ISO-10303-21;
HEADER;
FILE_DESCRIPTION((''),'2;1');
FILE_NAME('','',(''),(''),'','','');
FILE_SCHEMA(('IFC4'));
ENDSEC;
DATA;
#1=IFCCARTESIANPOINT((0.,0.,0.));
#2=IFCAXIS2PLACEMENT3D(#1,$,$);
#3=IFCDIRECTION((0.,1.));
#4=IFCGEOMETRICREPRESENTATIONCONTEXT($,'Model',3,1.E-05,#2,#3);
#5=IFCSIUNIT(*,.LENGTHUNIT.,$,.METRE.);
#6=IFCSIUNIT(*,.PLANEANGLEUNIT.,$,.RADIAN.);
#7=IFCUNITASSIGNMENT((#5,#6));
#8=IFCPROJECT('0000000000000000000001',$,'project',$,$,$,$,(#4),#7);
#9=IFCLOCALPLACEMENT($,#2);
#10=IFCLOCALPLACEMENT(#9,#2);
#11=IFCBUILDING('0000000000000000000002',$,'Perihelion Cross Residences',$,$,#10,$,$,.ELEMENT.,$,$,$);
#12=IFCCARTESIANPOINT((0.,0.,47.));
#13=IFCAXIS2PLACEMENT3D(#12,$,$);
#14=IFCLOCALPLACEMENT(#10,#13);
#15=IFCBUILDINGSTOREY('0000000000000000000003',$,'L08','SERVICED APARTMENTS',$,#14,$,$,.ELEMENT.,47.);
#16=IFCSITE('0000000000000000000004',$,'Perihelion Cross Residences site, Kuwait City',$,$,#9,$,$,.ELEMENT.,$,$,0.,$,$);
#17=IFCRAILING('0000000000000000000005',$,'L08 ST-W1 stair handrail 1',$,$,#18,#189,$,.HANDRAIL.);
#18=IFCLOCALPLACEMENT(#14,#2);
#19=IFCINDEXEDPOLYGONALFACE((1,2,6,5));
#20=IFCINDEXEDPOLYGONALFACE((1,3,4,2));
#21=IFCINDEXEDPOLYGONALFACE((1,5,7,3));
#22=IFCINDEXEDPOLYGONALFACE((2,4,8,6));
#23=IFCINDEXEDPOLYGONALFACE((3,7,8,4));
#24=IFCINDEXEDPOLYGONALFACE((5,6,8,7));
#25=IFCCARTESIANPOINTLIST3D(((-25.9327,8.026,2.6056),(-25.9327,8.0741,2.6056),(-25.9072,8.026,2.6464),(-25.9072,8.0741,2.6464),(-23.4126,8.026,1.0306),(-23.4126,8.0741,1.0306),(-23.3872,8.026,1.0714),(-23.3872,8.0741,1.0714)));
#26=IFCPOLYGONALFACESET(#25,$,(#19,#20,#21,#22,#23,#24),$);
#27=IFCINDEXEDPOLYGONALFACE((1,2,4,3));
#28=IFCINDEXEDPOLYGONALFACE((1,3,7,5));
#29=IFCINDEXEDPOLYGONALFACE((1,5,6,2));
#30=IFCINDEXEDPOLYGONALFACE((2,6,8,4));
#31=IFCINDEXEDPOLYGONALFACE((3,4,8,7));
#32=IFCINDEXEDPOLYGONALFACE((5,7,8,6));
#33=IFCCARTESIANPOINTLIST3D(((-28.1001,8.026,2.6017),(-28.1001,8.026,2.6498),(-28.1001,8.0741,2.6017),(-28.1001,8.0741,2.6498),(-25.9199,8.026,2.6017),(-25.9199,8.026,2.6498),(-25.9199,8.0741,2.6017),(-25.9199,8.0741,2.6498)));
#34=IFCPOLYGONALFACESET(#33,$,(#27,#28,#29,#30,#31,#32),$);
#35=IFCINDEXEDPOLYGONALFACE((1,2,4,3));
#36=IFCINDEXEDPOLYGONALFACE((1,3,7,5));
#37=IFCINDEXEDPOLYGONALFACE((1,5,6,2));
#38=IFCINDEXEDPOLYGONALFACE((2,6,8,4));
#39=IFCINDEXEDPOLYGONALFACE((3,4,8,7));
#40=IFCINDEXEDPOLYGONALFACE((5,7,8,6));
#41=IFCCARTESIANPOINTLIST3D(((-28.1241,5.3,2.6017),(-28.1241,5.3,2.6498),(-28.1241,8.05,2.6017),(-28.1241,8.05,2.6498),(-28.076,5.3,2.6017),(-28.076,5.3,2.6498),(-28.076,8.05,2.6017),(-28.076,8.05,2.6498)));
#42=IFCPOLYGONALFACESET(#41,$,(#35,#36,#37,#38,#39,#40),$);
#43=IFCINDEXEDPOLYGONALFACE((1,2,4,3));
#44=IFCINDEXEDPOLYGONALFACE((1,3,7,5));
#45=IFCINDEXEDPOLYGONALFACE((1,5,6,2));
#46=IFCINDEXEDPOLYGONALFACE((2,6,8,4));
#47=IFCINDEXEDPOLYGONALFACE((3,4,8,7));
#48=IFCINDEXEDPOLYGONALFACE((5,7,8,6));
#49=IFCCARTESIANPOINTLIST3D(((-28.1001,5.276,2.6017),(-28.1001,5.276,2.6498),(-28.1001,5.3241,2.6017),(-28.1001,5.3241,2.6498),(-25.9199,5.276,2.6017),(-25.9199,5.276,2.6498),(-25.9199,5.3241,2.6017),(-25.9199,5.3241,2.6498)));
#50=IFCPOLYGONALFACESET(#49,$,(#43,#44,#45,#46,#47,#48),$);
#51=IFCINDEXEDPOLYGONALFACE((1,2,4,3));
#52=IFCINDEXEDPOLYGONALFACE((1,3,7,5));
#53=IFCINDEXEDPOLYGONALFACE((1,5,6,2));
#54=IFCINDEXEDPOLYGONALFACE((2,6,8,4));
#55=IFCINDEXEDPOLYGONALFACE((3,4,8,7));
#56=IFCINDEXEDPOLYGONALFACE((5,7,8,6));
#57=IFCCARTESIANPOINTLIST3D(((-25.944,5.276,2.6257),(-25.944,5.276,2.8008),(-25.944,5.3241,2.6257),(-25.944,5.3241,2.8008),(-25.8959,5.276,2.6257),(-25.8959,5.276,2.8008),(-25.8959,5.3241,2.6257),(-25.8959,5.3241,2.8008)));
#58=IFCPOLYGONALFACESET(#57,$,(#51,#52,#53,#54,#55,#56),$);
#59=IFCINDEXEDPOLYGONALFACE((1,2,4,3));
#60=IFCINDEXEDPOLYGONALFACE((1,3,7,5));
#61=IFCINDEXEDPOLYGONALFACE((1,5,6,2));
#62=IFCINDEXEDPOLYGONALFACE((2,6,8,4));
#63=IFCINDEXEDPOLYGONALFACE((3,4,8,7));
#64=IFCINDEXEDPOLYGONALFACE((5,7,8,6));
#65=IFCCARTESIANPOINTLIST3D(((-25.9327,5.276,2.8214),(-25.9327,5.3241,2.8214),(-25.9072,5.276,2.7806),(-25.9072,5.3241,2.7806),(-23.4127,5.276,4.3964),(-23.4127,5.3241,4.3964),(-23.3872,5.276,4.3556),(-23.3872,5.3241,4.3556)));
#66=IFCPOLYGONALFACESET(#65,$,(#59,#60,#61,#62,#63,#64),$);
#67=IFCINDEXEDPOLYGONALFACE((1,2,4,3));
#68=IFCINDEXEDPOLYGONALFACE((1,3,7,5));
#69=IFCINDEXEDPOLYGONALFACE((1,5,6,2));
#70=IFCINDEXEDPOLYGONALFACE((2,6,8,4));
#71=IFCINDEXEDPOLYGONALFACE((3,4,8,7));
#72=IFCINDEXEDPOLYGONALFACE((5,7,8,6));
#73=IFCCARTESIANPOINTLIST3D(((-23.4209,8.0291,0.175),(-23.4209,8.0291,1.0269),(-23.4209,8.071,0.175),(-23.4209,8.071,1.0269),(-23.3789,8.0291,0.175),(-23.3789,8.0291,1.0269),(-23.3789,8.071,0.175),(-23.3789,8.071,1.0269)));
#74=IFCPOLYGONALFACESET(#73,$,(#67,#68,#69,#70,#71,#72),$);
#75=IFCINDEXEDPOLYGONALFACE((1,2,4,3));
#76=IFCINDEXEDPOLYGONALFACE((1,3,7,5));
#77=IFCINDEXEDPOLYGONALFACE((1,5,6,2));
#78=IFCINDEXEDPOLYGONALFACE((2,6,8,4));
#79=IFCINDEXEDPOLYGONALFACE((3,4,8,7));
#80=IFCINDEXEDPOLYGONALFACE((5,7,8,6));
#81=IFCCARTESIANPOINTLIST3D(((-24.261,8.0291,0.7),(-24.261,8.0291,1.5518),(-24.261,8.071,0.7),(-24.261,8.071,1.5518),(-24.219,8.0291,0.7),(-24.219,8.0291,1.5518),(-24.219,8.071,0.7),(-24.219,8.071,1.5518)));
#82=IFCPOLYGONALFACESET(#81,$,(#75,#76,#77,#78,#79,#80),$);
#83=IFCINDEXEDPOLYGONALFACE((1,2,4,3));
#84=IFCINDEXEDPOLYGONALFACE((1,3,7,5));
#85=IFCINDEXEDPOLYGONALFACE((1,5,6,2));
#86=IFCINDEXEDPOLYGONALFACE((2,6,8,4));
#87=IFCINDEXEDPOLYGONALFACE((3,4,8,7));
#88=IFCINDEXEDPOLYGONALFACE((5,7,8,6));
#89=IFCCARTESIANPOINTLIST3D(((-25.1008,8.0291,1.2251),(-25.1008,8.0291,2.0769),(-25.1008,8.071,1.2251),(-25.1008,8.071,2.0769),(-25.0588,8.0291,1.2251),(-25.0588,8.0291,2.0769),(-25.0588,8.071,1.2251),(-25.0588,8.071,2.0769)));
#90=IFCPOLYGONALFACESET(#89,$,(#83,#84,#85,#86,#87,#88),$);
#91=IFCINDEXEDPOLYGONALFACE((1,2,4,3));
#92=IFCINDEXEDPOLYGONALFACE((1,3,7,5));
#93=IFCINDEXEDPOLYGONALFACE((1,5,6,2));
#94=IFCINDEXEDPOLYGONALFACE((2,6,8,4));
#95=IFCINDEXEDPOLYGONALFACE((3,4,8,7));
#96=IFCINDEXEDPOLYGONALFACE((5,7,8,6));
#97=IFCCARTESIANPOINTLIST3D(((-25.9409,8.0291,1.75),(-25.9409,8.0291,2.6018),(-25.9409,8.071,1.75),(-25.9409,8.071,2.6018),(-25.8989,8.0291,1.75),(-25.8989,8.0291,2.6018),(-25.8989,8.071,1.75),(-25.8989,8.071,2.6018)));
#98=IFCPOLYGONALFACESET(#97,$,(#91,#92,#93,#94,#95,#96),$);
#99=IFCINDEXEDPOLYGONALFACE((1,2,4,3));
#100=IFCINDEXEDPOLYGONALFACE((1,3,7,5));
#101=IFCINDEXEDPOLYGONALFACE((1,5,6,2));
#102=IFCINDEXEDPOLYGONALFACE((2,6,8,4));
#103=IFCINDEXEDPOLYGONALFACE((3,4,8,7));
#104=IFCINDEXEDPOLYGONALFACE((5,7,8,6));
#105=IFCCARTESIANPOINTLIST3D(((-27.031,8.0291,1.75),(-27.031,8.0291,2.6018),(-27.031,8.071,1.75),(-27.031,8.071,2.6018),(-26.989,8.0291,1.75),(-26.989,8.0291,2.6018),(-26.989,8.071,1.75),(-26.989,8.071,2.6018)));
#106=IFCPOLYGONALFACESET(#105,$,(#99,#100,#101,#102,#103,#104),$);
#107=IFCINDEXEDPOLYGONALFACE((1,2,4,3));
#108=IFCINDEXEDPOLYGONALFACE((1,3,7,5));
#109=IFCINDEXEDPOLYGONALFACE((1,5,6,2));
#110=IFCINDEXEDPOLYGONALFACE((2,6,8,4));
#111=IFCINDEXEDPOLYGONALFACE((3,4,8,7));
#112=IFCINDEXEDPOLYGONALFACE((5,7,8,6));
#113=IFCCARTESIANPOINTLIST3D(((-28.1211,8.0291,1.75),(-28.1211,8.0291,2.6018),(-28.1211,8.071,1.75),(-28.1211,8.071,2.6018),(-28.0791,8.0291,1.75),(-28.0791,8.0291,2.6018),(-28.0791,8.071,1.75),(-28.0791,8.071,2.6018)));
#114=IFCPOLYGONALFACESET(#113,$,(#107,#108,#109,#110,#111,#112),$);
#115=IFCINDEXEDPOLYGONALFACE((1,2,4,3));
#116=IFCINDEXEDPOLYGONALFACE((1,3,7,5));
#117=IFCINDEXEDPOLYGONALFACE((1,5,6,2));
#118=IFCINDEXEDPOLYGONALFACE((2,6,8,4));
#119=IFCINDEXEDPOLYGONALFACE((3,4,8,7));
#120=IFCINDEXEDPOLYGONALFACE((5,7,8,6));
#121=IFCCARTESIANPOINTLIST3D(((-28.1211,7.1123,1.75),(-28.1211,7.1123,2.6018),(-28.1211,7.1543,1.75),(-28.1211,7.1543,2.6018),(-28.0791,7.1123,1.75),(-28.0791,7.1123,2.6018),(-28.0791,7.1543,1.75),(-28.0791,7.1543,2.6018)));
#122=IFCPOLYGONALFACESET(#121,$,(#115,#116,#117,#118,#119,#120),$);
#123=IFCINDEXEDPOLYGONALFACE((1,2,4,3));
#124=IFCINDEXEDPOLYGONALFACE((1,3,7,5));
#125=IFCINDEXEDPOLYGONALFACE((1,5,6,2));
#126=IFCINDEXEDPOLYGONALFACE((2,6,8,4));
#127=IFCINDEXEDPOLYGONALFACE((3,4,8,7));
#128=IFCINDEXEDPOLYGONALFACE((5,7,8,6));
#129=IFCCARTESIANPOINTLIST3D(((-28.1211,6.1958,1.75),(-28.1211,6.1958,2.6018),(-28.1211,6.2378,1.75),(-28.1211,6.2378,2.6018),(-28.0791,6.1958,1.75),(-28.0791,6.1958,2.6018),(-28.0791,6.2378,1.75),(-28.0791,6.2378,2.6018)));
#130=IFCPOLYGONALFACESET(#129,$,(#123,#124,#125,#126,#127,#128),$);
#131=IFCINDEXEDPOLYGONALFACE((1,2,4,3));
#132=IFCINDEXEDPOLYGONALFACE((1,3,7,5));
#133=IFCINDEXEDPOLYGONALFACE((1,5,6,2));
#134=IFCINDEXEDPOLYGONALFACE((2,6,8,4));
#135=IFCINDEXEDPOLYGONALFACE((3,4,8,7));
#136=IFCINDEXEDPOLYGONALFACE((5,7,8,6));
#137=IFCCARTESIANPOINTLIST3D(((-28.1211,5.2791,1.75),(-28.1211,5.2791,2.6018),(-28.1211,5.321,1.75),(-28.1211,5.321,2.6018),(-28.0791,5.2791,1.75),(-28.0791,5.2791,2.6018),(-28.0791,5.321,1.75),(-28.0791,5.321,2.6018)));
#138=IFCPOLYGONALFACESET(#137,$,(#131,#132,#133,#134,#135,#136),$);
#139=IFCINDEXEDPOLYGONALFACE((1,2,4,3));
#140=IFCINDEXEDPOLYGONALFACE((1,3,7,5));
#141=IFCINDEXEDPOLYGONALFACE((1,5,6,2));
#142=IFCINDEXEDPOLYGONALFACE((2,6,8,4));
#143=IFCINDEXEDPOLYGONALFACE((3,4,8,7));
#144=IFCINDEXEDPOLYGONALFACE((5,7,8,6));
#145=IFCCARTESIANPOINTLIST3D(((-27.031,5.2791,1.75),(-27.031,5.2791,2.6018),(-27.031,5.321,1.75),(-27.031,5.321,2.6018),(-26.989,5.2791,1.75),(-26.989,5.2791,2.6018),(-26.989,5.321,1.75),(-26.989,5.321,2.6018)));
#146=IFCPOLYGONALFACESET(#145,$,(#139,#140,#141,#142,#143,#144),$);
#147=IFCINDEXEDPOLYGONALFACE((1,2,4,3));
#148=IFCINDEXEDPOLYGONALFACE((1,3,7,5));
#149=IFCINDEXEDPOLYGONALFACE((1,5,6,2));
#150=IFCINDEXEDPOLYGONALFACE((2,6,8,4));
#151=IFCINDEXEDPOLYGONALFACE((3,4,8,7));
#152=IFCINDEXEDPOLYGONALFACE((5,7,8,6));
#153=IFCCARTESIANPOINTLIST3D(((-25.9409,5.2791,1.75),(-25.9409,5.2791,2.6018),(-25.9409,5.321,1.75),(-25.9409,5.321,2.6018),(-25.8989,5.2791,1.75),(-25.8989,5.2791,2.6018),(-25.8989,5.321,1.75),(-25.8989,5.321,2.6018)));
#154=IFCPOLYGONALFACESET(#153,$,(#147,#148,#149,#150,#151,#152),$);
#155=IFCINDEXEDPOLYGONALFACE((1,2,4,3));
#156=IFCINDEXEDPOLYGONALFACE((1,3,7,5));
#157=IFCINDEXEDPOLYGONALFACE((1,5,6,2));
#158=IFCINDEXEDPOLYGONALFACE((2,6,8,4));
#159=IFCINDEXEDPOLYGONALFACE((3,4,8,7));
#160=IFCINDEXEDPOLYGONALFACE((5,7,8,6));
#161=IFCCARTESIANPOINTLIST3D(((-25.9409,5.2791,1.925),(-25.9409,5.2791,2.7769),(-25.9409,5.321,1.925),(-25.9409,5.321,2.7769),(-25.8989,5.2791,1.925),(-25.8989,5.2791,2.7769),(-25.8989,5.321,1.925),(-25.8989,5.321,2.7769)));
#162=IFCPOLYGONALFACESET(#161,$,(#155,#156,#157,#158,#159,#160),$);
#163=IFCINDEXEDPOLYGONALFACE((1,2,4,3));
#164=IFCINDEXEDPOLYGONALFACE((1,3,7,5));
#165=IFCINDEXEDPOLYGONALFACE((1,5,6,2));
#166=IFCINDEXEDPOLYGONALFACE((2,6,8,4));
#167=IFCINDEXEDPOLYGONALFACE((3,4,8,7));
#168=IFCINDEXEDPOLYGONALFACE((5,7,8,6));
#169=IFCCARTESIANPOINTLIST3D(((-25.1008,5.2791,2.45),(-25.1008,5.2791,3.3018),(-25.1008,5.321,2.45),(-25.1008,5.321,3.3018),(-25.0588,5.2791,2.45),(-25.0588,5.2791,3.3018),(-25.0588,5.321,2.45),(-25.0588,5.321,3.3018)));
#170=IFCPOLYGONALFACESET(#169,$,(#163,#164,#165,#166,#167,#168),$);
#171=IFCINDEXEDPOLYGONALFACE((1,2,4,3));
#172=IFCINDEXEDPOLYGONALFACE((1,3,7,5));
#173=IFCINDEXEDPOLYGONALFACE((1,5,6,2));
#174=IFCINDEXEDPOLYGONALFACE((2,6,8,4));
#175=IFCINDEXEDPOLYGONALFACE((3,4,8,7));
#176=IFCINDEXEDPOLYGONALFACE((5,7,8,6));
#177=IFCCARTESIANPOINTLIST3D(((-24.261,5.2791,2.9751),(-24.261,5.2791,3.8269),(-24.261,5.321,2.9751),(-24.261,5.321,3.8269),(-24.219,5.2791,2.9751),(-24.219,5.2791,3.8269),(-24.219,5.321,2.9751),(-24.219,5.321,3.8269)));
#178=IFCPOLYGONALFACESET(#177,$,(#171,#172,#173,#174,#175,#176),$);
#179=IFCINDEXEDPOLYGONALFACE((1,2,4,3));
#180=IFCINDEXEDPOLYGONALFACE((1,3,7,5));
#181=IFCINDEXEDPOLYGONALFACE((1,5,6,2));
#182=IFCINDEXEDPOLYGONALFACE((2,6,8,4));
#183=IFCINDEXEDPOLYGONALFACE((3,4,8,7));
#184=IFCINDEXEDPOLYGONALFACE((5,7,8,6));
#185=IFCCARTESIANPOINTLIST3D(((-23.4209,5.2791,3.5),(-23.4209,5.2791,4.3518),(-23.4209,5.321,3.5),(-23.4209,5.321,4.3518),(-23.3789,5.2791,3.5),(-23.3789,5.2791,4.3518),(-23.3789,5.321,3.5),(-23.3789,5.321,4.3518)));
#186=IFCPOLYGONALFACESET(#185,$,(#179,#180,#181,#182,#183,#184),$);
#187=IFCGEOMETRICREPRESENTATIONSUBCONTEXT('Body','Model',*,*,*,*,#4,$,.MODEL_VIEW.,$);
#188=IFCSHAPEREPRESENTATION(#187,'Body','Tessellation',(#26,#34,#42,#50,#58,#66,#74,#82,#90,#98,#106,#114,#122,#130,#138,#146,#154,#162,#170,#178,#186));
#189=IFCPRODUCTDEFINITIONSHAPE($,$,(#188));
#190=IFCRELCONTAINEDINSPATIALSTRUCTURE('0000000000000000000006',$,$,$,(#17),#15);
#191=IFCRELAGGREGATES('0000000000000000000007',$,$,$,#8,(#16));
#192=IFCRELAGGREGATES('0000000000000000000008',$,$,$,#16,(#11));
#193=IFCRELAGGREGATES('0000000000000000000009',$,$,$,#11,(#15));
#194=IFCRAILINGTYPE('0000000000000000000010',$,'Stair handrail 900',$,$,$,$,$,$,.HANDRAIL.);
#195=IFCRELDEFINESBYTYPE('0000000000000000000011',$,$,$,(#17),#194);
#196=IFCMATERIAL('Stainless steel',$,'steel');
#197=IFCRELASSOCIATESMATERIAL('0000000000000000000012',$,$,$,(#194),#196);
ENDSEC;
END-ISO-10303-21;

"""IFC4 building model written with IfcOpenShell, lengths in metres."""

from ifc_helpers import new_model, si_unit, direction, frame, origin, origin_2d, place, context, subcontext, project, spatial, rectangle, extrude, material, type_object, element, save


model = new_model("IFC4")

# Units and contexts
model_context = context("Model", 3, precision=1e-05, world=origin(), true_north=direction((0.0, 1.0)))
body_context = subcontext(model_context, "Body", "Model", "MODEL_VIEW")
ifc_project = project(units=[si_unit("LENGTHUNIT", "METRE"), si_unit("PLANEANGLEUNIT", "RADIAN")], contexts=[model_context])

# Site, building, storey
site_placement = place(None, origin())
site = spatial("IfcSite", under=ifc_project, at=site_placement, Name="Perihelion Cross Residences site, Kuwait City", CompositionType="ELEMENT", RefElevation=0.0)
building_placement = place(site_placement, origin())
building = spatial("IfcBuilding", under=site, at=building_placement, Name="Perihelion Cross Residences", CompositionType="ELEMENT")
storey_placement = place(building_placement, frame((0.0, 0.0, 47.0)))
storey = spatial("IfcBuildingStorey", under=building, at=storey_placement, Name="L08", Description="SERVICED APARTMENTS", CompositionType="ELEMENT", Elevation=47.0)

# Railing
ifc_material_1 = material(Name="Stainless steel", Category="steel")
railing_type_1 = type_object("IfcRailingType", Name="Stair handrail 900", PredefinedType="HANDRAIL", material=ifc_material_1)
railing_1_placement = place(storey_placement, frame((-23.3999, 8.05, 0.175)))
element("IfcRailing", 1, at=railing_1_placement, inside=storey, type_object=railing_type_1, Name="L08 ST-W1 stair handrail 1", PredefinedType="HANDRAIL", context=body_context, shape_type="SweptSolid", body=[
    extrude(rectangle(XDim=0.0481, YDim=0.0481, at=origin_2d()), frame((0.0, 0.0, 0.876), z_axis=(-0.848008, 0.0, 0.529984), x_axis=(0.0, -1.0, 0.0)), (0.0, 0.0, 1.0), 2.9717),
    extrude(rectangle(XDim=0.0481, YDim=0.0481, at=origin_2d()), frame((-2.52, 0.0, 2.4507), z_axis=(-1.0, 0.0, 0.0), x_axis=(0.0, -1.0, 0.0)), (0.0, 0.0, 1.0), 2.1802),
    extrude(rectangle(XDim=0.0481, YDim=0.0481, at=origin_2d()), frame((-4.7002, 0.0, 2.4507), z_axis=(0.0, -1.0, 0.0), x_axis=(1.0, 0.0, 0.0)), (0.0, 0.0, 1.0), 2.75),
    extrude(rectangle(XDim=0.0481, YDim=0.0481, at=origin_2d()), frame((-4.7002, -2.75, 2.4507), z_axis=(1.0, 0.0, 0.0), x_axis=(0.0, 1.0, 0.0)), (0.0, 0.0, 1.0), 2.1802),
    extrude(rectangle(XDim=0.0481, YDim=0.0481, at=origin_2d()), frame((-2.52, -2.75, 2.4507), z_axis=(0.0, 0.0, 1.0), x_axis=(1.0, 0.0, 0.0)), (0.0, 0.0, 1.0), 0.175),
    extrude(rectangle(XDim=0.0481, YDim=0.0481, at=origin_2d()), frame((-2.52, -2.75, 2.626), z_axis=(0.848008, 0.0, 0.529984), x_axis=(0.0, 1.0, 0.0)), (0.0, 0.0, 1.0), 2.9717),
    extrude(rectangle(XDim=0.042, YDim=0.042, at=origin_2d()), origin(), (0.0, 0.0, 1.0), 0.8518),
    extrude(rectangle(XDim=0.042, YDim=0.042, at=origin_2d()), frame((-0.8401, 0.0, 0.5249)), (0.0, 0.0, 1.0), 0.8518),
    extrude(rectangle(XDim=0.042, YDim=0.042, at=origin_2d()), frame((-1.6799, 0.0, 1.05)), (0.0, 0.0, 1.0), 0.8518),
    extrude(rectangle(XDim=0.042, YDim=0.042, at=origin_2d()), frame((-2.52, 0.0, 1.575)), (0.0, 0.0, 1.0), 0.8518),
    extrude(rectangle(XDim=0.042, YDim=0.042, at=origin_2d()), frame((-3.6101, 0.0, 1.575)), (0.0, 0.0, 1.0), 0.8518),
    extrude(rectangle(XDim=0.042, YDim=0.042, at=origin_2d()), frame((-4.7002, 0.0, 1.575)), (0.0, 0.0, 1.0), 0.8518),
    extrude(rectangle(XDim=0.042, YDim=0.042, at=origin_2d()), frame((-4.7002, -0.9167, 1.575)), (0.0, 0.0, 1.0), 0.8518),
    extrude(rectangle(XDim=0.042, YDim=0.042, at=origin_2d()), frame((-4.7002, -1.8333, 1.575)), (0.0, 0.0, 1.0), 0.8518),
    extrude(rectangle(XDim=0.042, YDim=0.042, at=origin_2d()), frame((-4.7002, -2.75, 1.575)), (0.0, 0.0, 1.0), 0.8518),
    extrude(rectangle(XDim=0.042, YDim=0.042, at=origin_2d()), frame((-3.6101, -2.75, 1.575)), (0.0, 0.0, 1.0), 0.8518),
    extrude(rectangle(XDim=0.042, YDim=0.042, at=origin_2d()), frame((-2.52, -2.75, 1.575)), (0.0, 0.0, 1.0), 0.8518),
    extrude(rectangle(XDim=0.042, YDim=0.042, at=origin_2d()), frame((-2.52, -2.75, 1.75)), (0.0, 0.0, 1.0), 0.8518),
    extrude(rectangle(XDim=0.042, YDim=0.042, at=origin_2d()), frame((-1.6799, -2.75, 2.2749)), (0.0, 0.0, 1.0), 0.8518),
    extrude(rectangle(XDim=0.042, YDim=0.042, at=origin_2d()), frame((-0.8401, -2.75, 2.8)), (0.0, 0.0, 1.0), 0.8518),
    extrude(rectangle(XDim=0.042, YDim=0.042, at=origin_2d()), frame((0.0, -2.75, 3.325)), (0.0, 0.0, 1.0), 0.8518),
])

save(model, "model.ifc")
